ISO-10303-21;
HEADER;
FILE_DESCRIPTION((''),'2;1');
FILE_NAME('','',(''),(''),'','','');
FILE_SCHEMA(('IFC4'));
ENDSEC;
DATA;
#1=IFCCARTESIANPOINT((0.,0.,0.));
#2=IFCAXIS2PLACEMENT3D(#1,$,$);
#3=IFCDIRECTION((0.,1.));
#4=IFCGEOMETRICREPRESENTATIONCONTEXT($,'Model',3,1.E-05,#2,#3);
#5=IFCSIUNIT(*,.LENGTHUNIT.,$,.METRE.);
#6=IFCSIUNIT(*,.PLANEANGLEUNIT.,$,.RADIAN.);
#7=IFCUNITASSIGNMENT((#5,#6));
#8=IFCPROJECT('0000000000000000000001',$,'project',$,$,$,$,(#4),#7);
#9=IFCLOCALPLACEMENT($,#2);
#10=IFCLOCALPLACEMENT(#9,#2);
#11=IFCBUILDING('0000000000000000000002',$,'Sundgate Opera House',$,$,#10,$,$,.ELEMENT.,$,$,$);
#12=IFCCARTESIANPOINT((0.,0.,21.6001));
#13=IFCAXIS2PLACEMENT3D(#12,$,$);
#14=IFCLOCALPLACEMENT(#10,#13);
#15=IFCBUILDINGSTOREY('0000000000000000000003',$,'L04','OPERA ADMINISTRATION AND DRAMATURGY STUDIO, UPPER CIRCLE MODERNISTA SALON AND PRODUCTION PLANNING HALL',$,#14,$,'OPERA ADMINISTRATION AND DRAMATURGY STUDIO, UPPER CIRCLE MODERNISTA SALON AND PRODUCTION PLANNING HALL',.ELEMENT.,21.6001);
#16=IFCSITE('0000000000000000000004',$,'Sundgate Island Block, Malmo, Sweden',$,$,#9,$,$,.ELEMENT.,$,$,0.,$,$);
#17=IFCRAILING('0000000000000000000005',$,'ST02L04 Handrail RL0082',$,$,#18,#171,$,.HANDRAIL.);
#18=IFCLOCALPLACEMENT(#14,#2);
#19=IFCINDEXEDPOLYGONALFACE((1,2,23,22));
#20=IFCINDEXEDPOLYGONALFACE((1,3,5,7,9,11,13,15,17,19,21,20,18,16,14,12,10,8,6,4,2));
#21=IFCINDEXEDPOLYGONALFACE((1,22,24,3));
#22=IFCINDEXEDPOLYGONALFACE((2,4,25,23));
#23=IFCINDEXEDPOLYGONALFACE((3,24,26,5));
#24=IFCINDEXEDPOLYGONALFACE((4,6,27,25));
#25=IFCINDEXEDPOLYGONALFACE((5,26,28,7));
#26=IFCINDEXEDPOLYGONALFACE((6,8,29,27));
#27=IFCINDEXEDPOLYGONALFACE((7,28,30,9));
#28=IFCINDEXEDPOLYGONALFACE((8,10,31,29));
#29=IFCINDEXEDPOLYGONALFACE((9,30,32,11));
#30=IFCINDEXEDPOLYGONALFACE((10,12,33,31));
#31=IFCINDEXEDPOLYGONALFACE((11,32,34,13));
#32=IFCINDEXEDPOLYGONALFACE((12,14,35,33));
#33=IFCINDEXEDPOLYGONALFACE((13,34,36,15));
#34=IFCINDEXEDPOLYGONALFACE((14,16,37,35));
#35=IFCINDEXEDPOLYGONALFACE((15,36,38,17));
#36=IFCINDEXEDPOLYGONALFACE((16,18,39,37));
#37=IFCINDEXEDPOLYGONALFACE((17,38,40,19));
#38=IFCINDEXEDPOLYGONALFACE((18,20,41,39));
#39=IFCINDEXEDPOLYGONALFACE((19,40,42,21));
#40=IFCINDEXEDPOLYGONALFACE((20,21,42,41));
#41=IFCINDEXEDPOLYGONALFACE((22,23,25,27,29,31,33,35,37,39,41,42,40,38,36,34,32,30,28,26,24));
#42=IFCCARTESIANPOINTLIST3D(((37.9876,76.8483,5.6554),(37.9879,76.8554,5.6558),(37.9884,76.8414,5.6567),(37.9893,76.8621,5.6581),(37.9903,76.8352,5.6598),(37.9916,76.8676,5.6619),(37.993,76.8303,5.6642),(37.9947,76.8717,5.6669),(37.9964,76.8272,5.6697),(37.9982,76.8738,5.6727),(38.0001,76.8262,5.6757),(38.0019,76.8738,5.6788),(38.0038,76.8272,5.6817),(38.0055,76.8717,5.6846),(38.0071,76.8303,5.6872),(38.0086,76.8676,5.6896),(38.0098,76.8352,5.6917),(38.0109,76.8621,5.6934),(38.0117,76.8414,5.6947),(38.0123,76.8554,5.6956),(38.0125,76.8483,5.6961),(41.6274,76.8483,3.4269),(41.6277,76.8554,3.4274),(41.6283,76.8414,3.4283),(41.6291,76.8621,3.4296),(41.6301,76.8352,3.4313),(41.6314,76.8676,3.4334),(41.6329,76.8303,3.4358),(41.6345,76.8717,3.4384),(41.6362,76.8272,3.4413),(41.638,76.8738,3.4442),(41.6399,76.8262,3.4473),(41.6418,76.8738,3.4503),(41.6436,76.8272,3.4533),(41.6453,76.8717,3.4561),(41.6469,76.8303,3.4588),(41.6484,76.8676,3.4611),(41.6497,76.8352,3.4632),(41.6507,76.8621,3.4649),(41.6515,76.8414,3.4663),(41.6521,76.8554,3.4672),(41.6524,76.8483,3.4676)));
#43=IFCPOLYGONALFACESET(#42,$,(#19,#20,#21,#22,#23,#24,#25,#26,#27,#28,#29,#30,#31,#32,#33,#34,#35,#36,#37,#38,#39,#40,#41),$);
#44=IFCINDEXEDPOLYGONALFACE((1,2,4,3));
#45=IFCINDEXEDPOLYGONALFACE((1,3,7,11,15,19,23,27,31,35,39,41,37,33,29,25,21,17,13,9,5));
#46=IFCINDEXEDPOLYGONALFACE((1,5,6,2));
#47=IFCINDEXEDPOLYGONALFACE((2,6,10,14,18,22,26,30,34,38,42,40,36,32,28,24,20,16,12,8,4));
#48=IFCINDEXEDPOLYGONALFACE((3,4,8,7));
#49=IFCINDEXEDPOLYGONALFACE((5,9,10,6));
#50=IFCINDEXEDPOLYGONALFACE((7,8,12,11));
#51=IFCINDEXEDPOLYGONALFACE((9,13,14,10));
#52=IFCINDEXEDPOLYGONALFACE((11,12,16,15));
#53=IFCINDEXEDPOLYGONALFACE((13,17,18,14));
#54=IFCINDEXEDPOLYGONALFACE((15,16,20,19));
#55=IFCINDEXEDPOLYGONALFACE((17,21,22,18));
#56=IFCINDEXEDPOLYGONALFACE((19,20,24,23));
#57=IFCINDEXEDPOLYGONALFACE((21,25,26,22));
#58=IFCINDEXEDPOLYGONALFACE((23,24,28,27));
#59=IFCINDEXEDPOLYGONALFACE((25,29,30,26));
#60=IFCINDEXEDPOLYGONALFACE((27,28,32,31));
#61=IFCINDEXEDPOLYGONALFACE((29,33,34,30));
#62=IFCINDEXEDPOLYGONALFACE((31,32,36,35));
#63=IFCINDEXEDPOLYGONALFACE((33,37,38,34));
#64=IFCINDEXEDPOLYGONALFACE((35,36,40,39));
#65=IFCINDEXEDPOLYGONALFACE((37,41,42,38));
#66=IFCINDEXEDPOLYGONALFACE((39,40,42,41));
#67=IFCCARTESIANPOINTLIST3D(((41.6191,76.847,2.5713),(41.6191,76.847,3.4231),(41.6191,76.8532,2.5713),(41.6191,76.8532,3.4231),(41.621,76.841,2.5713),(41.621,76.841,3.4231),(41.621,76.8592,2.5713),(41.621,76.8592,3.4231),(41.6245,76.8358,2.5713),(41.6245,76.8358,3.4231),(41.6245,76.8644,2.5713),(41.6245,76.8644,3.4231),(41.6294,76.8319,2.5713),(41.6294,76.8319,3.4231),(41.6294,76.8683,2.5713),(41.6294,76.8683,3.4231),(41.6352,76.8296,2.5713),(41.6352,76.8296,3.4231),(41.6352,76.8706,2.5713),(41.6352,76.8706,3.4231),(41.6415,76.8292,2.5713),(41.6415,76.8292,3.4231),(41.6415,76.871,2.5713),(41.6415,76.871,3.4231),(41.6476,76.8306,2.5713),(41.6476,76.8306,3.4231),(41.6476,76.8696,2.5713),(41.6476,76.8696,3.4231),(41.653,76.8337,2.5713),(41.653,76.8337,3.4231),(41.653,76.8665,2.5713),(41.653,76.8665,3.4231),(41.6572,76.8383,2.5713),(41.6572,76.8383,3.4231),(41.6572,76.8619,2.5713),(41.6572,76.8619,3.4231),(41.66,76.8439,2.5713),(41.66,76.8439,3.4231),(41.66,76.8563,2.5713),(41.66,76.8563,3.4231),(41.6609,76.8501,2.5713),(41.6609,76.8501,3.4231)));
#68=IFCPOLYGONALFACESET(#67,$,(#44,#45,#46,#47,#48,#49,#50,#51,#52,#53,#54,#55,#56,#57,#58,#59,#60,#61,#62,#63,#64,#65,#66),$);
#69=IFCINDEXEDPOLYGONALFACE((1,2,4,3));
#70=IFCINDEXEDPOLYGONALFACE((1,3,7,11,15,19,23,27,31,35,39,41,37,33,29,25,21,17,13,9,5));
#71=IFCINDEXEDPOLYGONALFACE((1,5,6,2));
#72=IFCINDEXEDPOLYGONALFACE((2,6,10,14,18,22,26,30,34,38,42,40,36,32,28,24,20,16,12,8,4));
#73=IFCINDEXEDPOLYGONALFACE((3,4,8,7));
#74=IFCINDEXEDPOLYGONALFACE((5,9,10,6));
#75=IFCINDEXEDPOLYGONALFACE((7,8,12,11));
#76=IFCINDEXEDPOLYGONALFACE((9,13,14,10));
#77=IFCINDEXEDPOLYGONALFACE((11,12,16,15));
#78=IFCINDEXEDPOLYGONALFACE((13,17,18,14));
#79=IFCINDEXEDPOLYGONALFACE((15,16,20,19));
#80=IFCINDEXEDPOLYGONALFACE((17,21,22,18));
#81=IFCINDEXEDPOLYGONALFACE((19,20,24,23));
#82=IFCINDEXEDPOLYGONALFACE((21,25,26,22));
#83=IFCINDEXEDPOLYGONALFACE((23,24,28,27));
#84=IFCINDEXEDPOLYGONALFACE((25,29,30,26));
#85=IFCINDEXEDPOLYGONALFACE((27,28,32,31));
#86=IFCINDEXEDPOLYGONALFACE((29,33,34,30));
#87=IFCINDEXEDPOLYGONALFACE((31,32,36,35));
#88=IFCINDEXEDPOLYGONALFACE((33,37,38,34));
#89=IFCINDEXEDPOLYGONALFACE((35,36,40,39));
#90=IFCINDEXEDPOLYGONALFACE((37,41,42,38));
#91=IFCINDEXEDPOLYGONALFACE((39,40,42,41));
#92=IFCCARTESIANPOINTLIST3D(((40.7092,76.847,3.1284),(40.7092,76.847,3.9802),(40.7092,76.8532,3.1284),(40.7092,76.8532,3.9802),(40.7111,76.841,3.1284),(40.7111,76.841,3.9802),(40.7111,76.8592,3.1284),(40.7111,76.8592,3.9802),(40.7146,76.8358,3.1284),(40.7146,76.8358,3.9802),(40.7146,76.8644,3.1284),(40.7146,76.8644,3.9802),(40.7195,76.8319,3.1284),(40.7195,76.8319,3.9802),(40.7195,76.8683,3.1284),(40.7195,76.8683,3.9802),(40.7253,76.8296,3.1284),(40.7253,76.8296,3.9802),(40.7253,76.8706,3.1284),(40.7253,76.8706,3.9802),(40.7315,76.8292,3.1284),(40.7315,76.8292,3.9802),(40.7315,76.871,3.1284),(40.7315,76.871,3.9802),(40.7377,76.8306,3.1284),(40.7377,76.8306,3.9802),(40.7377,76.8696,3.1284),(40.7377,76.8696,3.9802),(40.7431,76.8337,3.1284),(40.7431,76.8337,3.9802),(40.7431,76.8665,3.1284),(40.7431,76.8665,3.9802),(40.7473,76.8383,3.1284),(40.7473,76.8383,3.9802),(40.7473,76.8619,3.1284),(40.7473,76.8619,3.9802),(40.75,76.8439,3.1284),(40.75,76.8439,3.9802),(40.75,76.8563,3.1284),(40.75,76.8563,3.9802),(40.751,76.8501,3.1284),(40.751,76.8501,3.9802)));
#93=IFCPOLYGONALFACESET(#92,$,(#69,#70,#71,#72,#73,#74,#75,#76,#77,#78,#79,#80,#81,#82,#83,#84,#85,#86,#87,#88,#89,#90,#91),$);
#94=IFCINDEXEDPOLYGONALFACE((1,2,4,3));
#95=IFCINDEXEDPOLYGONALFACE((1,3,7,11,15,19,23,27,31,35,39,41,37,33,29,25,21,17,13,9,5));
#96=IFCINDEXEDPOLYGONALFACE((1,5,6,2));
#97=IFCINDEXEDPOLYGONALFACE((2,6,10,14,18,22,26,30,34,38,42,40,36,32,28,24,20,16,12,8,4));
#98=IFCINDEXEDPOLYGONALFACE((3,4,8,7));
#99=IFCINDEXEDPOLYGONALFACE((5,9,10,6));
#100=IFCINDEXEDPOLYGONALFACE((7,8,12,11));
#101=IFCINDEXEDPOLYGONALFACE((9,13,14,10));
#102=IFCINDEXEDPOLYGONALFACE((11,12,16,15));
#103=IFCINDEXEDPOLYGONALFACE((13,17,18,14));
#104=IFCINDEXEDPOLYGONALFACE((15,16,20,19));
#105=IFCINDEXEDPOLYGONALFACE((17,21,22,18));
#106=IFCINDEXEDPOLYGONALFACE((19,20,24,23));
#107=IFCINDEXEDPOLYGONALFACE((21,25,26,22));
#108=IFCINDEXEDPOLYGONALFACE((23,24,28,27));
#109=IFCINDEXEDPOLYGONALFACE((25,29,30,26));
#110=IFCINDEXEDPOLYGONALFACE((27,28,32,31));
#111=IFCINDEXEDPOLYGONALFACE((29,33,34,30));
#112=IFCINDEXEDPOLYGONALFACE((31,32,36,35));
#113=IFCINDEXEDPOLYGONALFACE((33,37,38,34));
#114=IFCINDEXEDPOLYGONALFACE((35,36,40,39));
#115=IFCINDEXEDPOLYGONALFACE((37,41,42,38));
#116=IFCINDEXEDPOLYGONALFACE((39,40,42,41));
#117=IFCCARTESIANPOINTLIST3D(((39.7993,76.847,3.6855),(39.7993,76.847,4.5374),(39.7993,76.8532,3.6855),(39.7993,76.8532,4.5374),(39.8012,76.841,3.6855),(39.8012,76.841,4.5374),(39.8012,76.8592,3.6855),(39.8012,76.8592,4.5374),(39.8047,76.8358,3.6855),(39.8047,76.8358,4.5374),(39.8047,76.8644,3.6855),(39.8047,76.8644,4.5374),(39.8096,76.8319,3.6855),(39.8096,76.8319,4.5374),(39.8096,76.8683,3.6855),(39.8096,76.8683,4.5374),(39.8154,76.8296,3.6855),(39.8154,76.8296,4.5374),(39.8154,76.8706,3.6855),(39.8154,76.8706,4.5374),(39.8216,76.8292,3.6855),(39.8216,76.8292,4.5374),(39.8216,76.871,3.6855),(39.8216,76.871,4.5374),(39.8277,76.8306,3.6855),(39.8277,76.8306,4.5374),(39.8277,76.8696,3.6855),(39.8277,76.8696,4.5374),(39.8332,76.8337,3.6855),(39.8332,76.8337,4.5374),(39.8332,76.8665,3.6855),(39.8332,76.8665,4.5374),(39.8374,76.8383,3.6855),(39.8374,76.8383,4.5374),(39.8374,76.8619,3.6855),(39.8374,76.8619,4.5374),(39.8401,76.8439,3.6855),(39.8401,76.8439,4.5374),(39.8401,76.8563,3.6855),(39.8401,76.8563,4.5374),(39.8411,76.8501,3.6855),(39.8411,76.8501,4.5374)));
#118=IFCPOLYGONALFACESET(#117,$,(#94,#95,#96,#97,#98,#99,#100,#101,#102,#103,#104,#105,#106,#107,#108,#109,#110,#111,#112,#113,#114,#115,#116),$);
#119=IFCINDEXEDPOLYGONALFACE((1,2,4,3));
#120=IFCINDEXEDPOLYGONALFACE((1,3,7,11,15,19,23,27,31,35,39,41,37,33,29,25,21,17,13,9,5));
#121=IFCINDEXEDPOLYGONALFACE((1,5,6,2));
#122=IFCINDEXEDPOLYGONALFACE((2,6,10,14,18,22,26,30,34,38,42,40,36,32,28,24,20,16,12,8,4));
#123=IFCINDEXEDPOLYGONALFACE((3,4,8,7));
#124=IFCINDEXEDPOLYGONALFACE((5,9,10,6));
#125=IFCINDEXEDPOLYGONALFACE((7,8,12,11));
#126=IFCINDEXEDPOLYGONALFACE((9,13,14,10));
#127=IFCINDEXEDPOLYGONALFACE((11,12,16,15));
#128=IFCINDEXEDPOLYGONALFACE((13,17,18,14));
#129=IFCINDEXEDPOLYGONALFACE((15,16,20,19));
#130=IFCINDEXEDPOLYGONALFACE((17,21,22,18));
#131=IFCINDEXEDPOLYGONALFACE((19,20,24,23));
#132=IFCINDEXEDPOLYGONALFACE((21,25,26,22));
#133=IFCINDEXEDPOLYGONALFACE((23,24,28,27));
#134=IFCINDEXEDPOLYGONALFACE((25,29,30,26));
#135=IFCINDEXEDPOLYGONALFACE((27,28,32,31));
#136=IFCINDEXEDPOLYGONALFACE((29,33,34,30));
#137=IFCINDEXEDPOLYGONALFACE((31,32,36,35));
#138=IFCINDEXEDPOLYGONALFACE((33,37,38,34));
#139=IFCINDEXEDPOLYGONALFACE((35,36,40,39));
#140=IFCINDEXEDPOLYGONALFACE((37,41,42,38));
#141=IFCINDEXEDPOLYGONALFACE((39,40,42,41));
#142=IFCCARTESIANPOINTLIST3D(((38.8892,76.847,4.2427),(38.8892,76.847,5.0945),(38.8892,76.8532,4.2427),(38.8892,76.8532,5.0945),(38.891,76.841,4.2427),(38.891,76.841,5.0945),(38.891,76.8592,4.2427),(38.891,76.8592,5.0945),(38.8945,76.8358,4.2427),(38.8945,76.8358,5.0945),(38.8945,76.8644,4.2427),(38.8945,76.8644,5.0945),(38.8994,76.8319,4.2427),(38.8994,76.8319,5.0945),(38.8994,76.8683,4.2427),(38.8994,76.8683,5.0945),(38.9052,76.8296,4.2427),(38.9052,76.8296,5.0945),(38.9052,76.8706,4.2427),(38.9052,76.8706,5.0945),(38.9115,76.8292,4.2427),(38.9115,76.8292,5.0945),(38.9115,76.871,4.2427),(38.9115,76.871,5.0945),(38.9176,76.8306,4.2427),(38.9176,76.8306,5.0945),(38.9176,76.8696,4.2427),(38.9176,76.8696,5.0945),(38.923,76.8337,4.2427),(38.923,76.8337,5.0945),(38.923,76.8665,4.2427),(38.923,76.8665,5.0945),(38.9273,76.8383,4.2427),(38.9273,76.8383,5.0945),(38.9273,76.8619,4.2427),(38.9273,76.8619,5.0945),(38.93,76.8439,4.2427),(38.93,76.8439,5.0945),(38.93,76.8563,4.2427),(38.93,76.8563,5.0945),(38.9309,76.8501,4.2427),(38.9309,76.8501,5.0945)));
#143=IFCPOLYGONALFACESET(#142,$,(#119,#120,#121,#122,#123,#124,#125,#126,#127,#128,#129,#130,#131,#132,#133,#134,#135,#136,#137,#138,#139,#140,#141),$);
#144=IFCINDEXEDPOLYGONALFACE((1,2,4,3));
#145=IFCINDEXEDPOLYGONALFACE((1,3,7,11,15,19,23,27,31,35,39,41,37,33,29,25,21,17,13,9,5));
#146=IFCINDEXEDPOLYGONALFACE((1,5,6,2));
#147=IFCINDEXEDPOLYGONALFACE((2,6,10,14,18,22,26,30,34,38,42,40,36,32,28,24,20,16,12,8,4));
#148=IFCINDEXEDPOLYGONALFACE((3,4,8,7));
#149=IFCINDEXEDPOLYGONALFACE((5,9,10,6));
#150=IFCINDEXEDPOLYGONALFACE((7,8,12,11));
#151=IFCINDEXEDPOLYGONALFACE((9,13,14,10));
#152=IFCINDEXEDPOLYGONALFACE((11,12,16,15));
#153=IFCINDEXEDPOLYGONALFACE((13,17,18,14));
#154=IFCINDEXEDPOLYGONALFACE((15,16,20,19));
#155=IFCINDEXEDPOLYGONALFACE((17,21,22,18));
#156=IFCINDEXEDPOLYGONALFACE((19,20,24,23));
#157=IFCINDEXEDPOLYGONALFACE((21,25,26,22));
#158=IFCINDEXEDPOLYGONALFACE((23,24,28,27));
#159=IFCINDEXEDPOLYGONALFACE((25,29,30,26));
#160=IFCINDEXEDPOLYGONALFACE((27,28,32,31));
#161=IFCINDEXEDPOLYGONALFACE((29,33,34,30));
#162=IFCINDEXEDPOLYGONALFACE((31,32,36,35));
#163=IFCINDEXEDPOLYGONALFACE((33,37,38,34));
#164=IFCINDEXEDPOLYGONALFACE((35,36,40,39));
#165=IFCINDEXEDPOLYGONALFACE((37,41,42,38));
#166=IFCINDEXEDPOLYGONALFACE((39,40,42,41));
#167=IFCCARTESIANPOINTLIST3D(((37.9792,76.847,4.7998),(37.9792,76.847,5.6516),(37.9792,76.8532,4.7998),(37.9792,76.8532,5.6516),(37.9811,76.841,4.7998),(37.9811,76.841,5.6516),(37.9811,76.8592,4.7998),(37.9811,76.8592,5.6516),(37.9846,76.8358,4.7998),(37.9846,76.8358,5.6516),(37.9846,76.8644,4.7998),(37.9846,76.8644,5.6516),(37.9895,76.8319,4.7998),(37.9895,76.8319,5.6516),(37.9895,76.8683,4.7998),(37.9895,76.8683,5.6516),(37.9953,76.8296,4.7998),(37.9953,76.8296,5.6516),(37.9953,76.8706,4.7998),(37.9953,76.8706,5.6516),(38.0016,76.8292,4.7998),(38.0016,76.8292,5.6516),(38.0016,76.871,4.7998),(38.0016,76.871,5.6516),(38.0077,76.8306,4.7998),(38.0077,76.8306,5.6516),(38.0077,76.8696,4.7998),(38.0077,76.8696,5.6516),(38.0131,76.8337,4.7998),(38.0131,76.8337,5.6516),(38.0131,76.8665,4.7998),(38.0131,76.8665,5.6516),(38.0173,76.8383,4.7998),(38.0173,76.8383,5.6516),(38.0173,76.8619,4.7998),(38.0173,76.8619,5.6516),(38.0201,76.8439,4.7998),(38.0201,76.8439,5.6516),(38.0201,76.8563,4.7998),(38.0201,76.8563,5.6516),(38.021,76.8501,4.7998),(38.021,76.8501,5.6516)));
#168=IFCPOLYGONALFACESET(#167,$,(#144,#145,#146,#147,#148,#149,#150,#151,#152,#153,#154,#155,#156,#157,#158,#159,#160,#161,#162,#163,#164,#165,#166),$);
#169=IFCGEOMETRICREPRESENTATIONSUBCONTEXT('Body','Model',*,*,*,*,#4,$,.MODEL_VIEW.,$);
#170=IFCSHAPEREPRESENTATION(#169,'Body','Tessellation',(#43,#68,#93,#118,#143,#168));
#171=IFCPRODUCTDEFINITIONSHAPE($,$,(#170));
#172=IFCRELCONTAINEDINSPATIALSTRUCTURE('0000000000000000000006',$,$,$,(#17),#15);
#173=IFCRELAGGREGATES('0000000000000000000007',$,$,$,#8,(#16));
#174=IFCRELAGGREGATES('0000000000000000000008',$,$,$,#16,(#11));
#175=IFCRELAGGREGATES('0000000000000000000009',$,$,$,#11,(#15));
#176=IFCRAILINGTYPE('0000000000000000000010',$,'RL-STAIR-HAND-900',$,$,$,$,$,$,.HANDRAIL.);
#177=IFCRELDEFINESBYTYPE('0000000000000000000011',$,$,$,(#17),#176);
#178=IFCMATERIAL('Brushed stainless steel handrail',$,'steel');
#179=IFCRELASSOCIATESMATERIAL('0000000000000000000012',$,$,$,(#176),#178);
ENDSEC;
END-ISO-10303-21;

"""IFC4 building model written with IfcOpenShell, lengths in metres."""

from ifc_helpers import new_model, si_unit, direction, frame, origin, origin_2d, place, context, subcontext, project, spatial, circle, extrude, material, type_object, element, save


model = new_model("IFC4")

# Units and contexts
model_context = context("Model", 3, precision=1e-05, world=origin(), true_north=direction((0.0, 1.0)))
body_context = subcontext(model_context, "Body", "Model", "MODEL_VIEW")
ifc_project = project(units=[si_unit("LENGTHUNIT", "METRE"), si_unit("PLANEANGLEUNIT", "RADIAN")], contexts=[model_context])

# Site, building, storey
site_placement = place(None, origin())
site = spatial("IfcSite", under=ifc_project, at=site_placement, Name="Sundgate Island Block, Malmo, Sweden", CompositionType="ELEMENT", RefElevation=0.0)
building_placement = place(site_placement, origin())
building = spatial("IfcBuilding", under=site, at=building_placement, Name="Sundgate Opera House", CompositionType="ELEMENT")
storey_placement = place(building_placement, frame((0.0, 0.0, 21.6001)))
storey = spatial("IfcBuildingStorey", under=building, at=storey_placement, Name="L04", Description="OPERA ADMINISTRATION AND DRAMATURGY STUDIO, UPPER CIRCLE MODERNISTA SALON AND PRODUCTION PLANNING HALL", LongName="OPERA ADMINISTRATION AND DRAMATURGY STUDIO, UPPER CIRCLE MODERNISTA SALON AND PRODUCTION PLANNING HALL", CompositionType="ELEMENT", Elevation=21.6001)

# Railing
ifc_material_1 = material(Name="Brushed stainless steel handrail", Category="steel")
railing_type_1 = type_object("IfcRailingType", Name="RL-STAIR-HAND-900", PredefinedType="HANDRAIL", material=ifc_material_1)
railing_1_placement = place(storey_placement, frame((41.6399, 76.8501, 2.5713)))
element("IfcRailing", 1, at=railing_1_placement, inside=storey, type_object=railing_type_1, Name="ST02L04 Handrail RL0082", PredefinedType="HANDRAIL", context=body_context, shape_type="SweptSolid", body=[
    extrude(circle(Radius=0.0239, at=origin_2d()), frame((0.0, 0.0, 0.876), z_axis=(-0.85285, 0.0, 0.522156), x_axis=(0.0, -1.0, 0.0)), (0.0, 0.0, 1.0), 4.2678),
    extrude(circle(Radius=0.021, at=origin_2d()), origin(), (0.0, 0.0, 1.0), 0.8518),
    extrude(circle(Radius=0.021, at=origin_2d()), frame((-0.9099, 0.0, 0.5571)), (0.0, 0.0, 1.0), 0.8518),
    extrude(circle(Radius=0.021, at=origin_2d()), frame((-1.8198, 0.0, 1.1143)), (0.0, 0.0, 1.0), 0.8518),
    extrude(circle(Radius=0.021, at=origin_2d()), frame((-2.73, 0.0, 1.6714)), (0.0, 0.0, 1.0), 0.8518),
    extrude(circle(Radius=0.021, at=origin_2d()), frame((-3.6399, 0.0, 2.2285)), (0.0, 0.0, 1.0), 0.8518),
])

save(model, "model.ifc")
